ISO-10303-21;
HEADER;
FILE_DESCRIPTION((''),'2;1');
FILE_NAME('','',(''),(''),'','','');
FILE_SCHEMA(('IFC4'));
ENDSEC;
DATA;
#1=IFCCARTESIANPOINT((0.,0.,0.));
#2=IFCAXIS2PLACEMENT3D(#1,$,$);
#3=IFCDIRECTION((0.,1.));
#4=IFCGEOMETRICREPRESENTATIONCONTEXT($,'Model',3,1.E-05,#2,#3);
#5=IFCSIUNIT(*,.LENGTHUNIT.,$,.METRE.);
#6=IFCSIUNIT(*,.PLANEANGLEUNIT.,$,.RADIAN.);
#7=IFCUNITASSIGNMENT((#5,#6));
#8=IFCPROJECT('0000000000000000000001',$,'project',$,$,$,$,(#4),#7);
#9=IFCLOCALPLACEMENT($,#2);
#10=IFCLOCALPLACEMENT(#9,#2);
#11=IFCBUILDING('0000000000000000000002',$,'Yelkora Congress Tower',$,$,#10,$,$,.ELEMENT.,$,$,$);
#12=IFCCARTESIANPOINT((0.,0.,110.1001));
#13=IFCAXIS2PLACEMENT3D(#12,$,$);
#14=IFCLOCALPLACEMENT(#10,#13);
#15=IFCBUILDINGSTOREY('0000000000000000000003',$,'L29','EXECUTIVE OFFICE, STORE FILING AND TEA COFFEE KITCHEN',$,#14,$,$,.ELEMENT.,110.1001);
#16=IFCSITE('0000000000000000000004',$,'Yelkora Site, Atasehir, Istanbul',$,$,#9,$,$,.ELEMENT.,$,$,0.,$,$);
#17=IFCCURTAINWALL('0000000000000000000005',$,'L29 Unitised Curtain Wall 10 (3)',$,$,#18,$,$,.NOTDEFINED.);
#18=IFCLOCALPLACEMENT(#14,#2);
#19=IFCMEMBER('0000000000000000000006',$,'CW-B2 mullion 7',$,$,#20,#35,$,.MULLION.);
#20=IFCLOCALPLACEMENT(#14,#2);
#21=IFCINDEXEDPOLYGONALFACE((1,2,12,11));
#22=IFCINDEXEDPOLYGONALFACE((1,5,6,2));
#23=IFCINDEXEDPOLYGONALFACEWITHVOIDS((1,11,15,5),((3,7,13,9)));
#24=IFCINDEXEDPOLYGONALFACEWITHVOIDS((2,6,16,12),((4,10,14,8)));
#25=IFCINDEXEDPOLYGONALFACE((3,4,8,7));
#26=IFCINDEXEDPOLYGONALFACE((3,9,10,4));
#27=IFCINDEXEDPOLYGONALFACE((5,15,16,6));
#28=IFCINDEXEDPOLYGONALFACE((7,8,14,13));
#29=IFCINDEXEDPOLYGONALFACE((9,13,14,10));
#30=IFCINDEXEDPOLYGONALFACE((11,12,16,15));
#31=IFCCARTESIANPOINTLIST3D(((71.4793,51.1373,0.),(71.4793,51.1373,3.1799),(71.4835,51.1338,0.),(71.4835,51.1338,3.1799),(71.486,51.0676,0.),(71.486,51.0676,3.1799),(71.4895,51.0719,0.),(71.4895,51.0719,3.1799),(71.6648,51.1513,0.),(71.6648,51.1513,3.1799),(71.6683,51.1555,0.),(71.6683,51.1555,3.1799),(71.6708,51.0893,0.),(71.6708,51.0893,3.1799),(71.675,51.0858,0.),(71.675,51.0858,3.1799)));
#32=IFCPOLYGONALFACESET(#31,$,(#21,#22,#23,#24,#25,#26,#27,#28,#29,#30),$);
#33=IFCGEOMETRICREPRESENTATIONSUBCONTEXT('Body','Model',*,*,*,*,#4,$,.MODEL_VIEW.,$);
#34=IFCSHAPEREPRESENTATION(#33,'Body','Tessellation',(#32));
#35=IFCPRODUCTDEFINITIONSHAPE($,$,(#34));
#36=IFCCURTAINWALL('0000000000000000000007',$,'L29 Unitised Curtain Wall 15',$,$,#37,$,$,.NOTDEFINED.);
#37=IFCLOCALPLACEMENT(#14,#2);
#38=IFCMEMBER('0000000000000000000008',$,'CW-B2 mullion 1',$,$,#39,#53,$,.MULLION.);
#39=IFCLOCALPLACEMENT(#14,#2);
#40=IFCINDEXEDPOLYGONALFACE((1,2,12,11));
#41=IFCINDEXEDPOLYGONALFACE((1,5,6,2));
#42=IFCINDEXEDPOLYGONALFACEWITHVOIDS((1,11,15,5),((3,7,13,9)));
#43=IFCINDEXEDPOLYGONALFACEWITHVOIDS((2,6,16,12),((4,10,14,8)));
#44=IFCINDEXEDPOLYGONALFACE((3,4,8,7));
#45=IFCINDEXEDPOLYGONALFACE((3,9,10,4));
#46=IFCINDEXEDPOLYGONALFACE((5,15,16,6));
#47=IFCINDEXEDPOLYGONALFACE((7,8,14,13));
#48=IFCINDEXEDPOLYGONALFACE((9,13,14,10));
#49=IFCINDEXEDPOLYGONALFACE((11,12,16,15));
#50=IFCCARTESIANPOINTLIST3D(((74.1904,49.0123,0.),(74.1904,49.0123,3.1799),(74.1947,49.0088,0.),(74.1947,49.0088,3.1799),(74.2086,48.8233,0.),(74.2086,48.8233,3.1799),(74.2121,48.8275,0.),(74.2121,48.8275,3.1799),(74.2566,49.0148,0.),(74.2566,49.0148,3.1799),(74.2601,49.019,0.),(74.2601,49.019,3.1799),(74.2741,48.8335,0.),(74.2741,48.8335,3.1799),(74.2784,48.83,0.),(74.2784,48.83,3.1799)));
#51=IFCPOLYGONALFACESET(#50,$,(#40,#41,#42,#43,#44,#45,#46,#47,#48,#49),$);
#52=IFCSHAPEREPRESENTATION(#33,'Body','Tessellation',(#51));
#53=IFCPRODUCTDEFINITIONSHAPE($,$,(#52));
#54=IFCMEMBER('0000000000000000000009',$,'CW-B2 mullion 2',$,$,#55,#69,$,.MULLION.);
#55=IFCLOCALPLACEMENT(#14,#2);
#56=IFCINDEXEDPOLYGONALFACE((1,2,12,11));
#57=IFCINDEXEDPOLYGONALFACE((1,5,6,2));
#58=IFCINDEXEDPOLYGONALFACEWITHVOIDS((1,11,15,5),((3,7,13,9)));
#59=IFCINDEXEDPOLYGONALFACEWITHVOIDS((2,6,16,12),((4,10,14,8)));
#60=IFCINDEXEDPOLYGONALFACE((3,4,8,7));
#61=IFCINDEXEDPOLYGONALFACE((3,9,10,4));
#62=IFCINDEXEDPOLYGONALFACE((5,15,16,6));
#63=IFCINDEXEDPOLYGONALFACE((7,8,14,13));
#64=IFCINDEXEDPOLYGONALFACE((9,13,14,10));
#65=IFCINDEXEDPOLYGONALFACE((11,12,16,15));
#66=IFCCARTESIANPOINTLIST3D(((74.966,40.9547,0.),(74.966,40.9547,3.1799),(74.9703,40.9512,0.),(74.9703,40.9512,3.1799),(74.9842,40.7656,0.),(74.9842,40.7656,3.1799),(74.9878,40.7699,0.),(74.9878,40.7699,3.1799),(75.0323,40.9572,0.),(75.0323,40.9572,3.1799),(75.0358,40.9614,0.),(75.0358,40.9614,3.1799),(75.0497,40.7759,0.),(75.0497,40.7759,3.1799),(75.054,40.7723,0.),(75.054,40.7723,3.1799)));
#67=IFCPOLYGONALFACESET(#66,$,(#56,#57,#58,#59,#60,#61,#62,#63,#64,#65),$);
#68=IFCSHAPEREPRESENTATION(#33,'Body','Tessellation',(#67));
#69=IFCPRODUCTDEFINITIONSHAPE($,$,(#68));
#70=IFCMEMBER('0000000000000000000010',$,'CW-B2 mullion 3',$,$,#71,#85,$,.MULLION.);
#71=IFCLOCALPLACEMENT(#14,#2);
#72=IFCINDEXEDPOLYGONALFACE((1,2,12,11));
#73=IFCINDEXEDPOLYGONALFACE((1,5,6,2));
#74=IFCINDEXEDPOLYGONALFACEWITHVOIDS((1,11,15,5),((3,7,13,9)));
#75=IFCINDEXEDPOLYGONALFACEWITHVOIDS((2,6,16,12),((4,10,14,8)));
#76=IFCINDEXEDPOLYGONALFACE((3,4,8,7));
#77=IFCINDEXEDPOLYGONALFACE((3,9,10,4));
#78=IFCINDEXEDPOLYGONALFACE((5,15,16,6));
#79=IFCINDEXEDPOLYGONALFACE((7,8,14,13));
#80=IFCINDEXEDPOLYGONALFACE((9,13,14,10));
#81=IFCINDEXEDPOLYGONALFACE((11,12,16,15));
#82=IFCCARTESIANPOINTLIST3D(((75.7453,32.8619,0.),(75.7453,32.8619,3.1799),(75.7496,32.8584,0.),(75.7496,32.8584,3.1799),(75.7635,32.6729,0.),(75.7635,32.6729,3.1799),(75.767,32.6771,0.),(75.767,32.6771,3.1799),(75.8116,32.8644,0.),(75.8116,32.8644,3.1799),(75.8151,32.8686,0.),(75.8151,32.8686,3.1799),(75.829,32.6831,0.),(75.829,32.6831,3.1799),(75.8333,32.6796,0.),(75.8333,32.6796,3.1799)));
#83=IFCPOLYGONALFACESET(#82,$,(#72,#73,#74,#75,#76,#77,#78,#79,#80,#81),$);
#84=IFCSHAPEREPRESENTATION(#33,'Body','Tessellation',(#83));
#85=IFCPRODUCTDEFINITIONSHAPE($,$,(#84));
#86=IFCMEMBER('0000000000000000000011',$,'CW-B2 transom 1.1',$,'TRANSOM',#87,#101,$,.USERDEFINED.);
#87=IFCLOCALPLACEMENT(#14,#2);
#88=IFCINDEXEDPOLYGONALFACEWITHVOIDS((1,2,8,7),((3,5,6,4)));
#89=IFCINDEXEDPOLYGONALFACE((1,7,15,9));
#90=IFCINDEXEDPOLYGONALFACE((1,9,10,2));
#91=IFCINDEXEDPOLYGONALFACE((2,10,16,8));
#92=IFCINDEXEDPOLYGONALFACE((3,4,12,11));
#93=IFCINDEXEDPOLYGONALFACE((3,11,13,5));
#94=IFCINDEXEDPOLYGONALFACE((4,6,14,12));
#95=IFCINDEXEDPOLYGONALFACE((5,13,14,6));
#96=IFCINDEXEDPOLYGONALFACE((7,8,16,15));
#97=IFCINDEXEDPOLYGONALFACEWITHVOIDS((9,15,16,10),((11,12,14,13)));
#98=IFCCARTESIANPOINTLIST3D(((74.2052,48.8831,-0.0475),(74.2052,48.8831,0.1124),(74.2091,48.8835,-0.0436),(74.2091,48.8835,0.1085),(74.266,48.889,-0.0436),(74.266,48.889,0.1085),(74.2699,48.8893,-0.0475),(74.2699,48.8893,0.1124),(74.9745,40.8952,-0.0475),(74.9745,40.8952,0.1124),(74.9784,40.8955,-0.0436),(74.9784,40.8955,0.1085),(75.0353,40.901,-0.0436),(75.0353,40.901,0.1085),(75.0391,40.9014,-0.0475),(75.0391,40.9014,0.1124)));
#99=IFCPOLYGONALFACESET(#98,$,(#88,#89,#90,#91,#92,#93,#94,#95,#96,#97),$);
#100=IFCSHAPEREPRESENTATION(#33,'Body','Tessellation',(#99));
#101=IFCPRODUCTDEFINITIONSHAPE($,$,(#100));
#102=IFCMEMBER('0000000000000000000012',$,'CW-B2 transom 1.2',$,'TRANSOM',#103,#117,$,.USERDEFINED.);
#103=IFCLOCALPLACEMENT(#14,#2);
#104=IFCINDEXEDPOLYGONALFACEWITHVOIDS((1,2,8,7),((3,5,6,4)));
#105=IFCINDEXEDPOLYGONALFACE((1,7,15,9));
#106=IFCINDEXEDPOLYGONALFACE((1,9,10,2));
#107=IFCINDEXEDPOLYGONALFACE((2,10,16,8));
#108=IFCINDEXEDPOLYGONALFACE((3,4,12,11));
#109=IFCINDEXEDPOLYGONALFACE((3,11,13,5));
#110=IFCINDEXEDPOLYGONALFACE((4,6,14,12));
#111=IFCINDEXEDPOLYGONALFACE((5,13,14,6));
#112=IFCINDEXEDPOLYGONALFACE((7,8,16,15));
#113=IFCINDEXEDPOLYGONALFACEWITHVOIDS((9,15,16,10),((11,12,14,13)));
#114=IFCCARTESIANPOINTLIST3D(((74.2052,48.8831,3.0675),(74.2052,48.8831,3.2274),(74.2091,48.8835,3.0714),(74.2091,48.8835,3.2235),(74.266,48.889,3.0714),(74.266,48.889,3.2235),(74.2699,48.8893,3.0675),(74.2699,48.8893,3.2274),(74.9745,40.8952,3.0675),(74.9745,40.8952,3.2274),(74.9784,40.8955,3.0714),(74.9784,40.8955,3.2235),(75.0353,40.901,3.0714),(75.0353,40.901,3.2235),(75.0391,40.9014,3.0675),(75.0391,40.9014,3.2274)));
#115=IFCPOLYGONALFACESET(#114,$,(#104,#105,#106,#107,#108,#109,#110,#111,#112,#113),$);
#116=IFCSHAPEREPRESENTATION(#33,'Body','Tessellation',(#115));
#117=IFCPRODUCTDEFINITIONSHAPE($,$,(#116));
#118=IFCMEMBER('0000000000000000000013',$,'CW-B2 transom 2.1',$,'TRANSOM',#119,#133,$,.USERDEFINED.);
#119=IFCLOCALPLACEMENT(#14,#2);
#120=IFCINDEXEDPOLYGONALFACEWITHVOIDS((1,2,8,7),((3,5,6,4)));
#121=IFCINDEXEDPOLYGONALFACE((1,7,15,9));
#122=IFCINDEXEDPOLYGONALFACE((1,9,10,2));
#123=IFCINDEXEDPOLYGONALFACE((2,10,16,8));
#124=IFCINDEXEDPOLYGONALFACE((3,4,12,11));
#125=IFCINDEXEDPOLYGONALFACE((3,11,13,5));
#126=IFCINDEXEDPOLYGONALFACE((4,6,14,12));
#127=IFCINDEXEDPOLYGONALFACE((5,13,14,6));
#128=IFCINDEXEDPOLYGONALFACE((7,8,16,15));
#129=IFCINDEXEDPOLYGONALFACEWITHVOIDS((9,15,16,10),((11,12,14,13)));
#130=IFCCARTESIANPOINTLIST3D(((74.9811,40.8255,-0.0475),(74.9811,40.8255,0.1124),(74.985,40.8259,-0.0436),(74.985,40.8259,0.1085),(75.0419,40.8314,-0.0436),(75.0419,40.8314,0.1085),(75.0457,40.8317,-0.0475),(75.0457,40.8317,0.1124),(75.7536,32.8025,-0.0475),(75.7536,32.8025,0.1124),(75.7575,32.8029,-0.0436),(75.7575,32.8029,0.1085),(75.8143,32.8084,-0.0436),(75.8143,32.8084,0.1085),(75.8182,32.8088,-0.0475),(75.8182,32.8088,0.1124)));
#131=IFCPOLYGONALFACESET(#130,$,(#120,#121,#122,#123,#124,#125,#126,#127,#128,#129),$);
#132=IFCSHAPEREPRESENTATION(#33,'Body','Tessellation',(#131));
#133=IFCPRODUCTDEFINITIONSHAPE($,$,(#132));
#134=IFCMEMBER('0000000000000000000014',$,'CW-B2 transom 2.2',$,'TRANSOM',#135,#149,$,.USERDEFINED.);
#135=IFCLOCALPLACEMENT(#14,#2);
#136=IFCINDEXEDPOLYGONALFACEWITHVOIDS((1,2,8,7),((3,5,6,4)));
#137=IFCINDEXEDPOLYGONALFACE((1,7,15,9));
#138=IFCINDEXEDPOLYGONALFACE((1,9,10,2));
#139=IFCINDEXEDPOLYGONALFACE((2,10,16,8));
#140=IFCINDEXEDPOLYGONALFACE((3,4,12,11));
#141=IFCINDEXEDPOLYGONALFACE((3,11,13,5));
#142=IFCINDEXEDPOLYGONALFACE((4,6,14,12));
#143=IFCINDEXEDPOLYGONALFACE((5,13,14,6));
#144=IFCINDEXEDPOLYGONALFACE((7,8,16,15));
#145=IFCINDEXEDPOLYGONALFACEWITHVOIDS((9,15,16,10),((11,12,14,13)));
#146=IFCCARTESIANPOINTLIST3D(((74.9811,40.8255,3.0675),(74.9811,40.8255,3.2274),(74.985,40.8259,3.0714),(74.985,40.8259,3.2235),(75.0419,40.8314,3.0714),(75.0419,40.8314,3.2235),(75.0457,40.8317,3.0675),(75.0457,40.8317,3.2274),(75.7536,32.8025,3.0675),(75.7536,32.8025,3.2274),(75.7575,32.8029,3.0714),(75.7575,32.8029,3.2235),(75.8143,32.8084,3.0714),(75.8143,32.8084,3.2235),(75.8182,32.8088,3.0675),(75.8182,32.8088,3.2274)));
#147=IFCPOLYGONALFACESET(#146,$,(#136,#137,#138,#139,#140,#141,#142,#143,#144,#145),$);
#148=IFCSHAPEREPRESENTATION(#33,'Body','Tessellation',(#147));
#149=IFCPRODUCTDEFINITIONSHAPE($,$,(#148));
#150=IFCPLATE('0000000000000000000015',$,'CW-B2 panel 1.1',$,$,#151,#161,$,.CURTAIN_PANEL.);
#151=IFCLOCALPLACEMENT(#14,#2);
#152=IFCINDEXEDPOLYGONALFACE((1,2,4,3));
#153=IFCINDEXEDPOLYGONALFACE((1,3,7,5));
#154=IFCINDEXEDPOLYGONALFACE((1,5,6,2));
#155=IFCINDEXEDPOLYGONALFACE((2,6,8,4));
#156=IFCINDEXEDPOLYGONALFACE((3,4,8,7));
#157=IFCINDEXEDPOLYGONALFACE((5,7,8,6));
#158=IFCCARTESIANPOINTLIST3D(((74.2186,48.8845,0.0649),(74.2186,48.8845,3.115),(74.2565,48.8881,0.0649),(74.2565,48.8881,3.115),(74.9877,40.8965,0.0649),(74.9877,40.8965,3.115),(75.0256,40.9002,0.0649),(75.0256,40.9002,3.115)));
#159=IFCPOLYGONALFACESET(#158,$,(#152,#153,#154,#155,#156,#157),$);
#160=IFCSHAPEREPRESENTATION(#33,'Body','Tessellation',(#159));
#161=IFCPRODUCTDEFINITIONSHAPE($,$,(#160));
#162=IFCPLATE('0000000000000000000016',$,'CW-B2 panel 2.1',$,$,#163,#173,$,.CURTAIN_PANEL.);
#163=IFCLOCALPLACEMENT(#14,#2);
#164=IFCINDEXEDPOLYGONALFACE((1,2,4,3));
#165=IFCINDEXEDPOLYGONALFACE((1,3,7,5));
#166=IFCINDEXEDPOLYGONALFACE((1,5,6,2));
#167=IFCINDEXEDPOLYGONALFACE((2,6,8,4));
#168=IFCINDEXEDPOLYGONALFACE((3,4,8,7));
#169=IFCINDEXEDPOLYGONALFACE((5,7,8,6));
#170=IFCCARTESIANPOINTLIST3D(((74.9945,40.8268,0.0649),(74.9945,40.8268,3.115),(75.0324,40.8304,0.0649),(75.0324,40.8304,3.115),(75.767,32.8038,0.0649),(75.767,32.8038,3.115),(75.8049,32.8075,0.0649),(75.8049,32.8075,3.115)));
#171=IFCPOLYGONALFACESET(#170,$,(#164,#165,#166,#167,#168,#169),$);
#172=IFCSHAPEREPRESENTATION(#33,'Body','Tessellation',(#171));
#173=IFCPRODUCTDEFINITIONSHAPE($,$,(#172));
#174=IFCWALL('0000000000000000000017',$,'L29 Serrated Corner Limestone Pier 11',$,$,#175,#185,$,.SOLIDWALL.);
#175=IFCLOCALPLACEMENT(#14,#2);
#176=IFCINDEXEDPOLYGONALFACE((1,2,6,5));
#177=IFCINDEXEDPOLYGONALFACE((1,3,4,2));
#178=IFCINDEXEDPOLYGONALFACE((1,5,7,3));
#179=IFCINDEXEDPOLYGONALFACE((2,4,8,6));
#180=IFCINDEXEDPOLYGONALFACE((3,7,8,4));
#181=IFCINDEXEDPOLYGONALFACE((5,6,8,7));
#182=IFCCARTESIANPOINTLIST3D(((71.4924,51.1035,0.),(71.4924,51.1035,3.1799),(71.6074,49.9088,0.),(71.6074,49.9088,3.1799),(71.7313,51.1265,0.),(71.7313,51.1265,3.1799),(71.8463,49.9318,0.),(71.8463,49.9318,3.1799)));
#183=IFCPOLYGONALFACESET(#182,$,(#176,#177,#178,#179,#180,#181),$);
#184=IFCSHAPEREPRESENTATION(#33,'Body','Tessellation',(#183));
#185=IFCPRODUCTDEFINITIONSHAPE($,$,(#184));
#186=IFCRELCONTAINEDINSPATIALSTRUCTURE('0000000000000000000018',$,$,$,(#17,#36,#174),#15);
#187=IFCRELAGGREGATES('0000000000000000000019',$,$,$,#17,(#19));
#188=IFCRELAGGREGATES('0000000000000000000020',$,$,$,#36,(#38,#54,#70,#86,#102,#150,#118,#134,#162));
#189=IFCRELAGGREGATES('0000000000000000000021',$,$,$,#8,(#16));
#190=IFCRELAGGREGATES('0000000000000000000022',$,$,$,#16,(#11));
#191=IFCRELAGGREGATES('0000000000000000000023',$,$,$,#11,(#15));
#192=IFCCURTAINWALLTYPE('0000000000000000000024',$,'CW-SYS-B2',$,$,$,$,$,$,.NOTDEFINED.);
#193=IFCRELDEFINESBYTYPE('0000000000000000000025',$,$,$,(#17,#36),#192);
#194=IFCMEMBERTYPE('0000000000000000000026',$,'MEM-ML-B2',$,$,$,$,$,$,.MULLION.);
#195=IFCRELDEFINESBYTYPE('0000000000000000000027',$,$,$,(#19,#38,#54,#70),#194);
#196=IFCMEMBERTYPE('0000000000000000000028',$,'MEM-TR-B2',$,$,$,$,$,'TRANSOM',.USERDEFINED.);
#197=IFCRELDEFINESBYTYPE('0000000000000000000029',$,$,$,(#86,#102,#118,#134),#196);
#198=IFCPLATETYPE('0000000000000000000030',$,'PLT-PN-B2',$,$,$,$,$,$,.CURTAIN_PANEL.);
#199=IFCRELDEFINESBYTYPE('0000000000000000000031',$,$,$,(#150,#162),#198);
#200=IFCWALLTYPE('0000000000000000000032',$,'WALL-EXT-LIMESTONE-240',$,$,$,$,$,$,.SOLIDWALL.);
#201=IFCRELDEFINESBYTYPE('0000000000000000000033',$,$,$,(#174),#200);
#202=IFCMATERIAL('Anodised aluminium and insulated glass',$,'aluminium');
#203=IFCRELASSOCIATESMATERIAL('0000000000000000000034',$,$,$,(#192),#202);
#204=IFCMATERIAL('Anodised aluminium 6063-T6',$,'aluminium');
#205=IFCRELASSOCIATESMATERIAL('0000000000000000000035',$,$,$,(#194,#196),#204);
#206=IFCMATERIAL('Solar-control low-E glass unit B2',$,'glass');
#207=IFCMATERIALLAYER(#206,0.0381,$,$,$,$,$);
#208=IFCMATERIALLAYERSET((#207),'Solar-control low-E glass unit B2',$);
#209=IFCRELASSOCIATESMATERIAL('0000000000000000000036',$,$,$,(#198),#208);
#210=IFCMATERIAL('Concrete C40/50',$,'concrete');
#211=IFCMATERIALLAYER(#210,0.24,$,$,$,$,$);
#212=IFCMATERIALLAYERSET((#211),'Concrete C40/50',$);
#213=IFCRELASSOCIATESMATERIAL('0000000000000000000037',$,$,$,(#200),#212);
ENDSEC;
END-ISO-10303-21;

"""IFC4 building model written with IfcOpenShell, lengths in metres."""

from ifc_helpers import new_model, si_unit, direction, frame, frame_2d, origin, origin_2d, place, context, subcontext, project, spatial, rectangle, hollow_rectangle, extrude, material, layer, layer_set, material_profile, profile_set, type_object, element, aggregate, save


model = new_model("IFC4")

# Units and contexts
model_context = context("Model", 3, precision=1e-05, world=origin(), true_north=direction((0.0, 1.0)))
body_context = subcontext(model_context, "Body", "Model", "MODEL_VIEW")
ifc_project = project(units=[si_unit("LENGTHUNIT", "METRE"), si_unit("PLANEANGLEUNIT", "RADIAN")], contexts=[model_context])

# Site, building, storey
site_placement = place(None, origin())
site = spatial("IfcSite", under=ifc_project, at=site_placement, Name="Yelkora Site, Atasehir, Istanbul", CompositionType="ELEMENT", RefElevation=0.0)
building_placement = place(site_placement, origin())
building = spatial("IfcBuilding", under=site, at=building_placement, Name="Yelkora Congress Tower", CompositionType="ELEMENT")
storey_placement = place(building_placement, frame((0.0, 0.0, 110.1001)))
storey = spatial("IfcBuildingStorey", under=building, at=storey_placement, Name="L29", Description="EXECUTIVE OFFICE, STORE FILING AND TEA COFFEE KITCHEN", CompositionType="ELEMENT", Elevation=110.1001)

# Curtain wall, member
ifc_material_1 = material(Name="Anodised aluminium and insulated glass", Category="aluminium")
curtain_wall_type = type_object("IfcCurtainWallType", Name="CW-SYS-B2", PredefinedType="NOTDEFINED", material=ifc_material_1)
curtain_wall_1_placement = place(storey_placement, origin())
curtain_wall_1 = element("IfcCurtainWall", 1, at=curtain_wall_1_placement, inside=storey, type_object=curtain_wall_type, Name="L29 Unitised Curtain Wall 10 (3)", PredefinedType="NOTDEFINED")
ifc_material_2 = material(Name="Anodised aluminium 6063-T6", Category="aluminium")
ifc_material_profile_1 = material_profile(ifc_material_2, hollow_rectangle(XDim=0.0701, YDim=0.1899, WallThickness=0.0039, at=origin_2d()), Name="ALU 70x190x4")
ifc_profile_set_1 = profile_set([ifc_material_profile_1], Name="Anodised aluminium 6063-T6")
member_type_1 = type_object("IfcMemberType", Name="MEM-ML-B2", PredefinedType="MULLION", material=ifc_profile_set_1)
member_1_placement = place(storey_placement, frame((71.5771, 51.1116, 0.0), z_axis=(0.0, 0.0, 1.0), x_axis=(-0.095844, 0.995396, 0.0)))
member_1 = element("IfcMember", 2, at=member_1_placement, type_object=member_type_1, Name="CW-B2 mullion 7", PredefinedType="MULLION", context=body_context, shape_type="SweptSolid", body=[
    extrude(hollow_rectangle(XDim=0.0701, YDim=0.1899, WallThickness=0.0039, at=origin_2d()), origin(), (0.0, 0.0, 1.0), 3.1799),
])
aggregate(curtain_wall_1, [member_1])

# Curtain wall, members, plates
curtain_wall_2_placement = place(storey_placement, origin())
curtain_wall_2 = element("IfcCurtainWall", 3, at=curtain_wall_2_placement, inside=storey, type_object=curtain_wall_type, Name="L29 Unitised Curtain Wall 15", PredefinedType="NOTDEFINED")
member_2_placement = place(storey_placement, frame((74.2344, 48.9211, 0.0), z_axis=(0.0, 0.0, 1.0), x_axis=(0.995397, 0.095843, 0.0)))
member_2 = element("IfcMember", 4, at=member_2_placement, type_object=member_type_1, Name="CW-B2 mullion 1", PredefinedType="MULLION", context=body_context, shape_type="SweptSolid", body=[
    extrude(hollow_rectangle(XDim=0.0701, YDim=0.1899, WallThickness=0.0039, at=origin_2d()), origin(), (0.0, 0.0, 1.0), 3.1799),
])
member_3_placement = place(storey_placement, frame((75.01, 40.8635, 0.0), z_axis=(0.0, 0.0, 1.0), x_axis=(0.995397, 0.095843, 0.0)))
member_3 = element("IfcMember", 5, at=member_3_placement, type_object=member_type_1, Name="CW-B2 mullion 2", PredefinedType="MULLION", context=body_context, shape_type="SweptSolid", body=[
    extrude(hollow_rectangle(XDim=0.0701, YDim=0.1899, WallThickness=0.0039, at=origin_2d()), origin(), (0.0, 0.0, 1.0), 3.1799),
])
member_4_placement = place(storey_placement, frame((75.7893, 32.7708, 0.0), z_axis=(0.0, 0.0, 1.0), x_axis=(0.995397, 0.095843, 0.0)))
member_4 = element("IfcMember", 6, at=member_4_placement, type_object=member_type_1, Name="CW-B2 mullion 3", PredefinedType="MULLION", context=body_context, shape_type="SweptSolid", body=[
    extrude(hollow_rectangle(XDim=0.0701, YDim=0.1899, WallThickness=0.0039, at=origin_2d()), origin(), (0.0, 0.0, 1.0), 3.1799),
])
ifc_material_profile_2 = material_profile(ifc_material_2, hollow_rectangle(XDim=0.0649, YDim=0.1599, WallThickness=0.0039, at=origin_2d()), Name="ALU 65x160x4")
ifc_profile_set_2 = profile_set([ifc_material_profile_2], Name="Anodised aluminium 6063-T6")
member_type_2 = type_object("IfcMemberType", Name="MEM-TR-B2", ElementType="TRANSOM", PredefinedType="USERDEFINED", material=ifc_profile_set_2)
member_5_placement = place(storey_placement, frame((74.2375, 48.8862, 0.0325), z_axis=(0.095861, -0.995395, 0.0), x_axis=(0.995395, 0.095861, 0.0)))
member_5 = element("IfcMember", 7, at=member_5_placement, type_object=member_type_2, Name="CW-B2 transom 1.1", ObjectType="TRANSOM", PredefinedType="USERDEFINED", context=body_context, shape_type="SweptSolid", body=[
    extrude(hollow_rectangle(XDim=0.0649, YDim=0.1599, WallThickness=0.0039, at=origin_2d()), origin(), (0.0, 0.0, 1.0), 8.0249),
])
member_6_placement = place(storey_placement, frame((74.2375, 48.8862, 3.1475), z_axis=(0.095861, -0.995395, 0.0), x_axis=(0.995395, 0.095861, 0.0)))
member_6 = element("IfcMember", 8, at=member_6_placement, type_object=member_type_2, Name="CW-B2 transom 1.2", ObjectType="TRANSOM", PredefinedType="USERDEFINED", context=body_context, shape_type="SweptSolid", body=[
    extrude(hollow_rectangle(XDim=0.0649, YDim=0.1599, WallThickness=0.0039, at=origin_2d()), origin(), (0.0, 0.0, 1.0), 8.0249),
])
member_7_placement = place(storey_placement, frame((75.0134, 40.8286, 0.0325), z_axis=(0.095838, -0.995397, 0.0), x_axis=(0.995397, 0.095838, 0.0)))
member_7 = element("IfcMember", 9, at=member_7_placement, type_object=member_type_2, Name="CW-B2 transom 2.1", ObjectType="TRANSOM", PredefinedType="USERDEFINED", context=body_context, shape_type="SweptSolid", body=[
    extrude(hollow_rectangle(XDim=0.0649, YDim=0.1599, WallThickness=0.0039, at=origin_2d()), origin(), (0.0, 0.0, 1.0), 8.0601),
])
member_8_placement = place(storey_placement, frame((75.0134, 40.8286, 3.1475), z_axis=(0.095838, -0.995397, 0.0), x_axis=(0.995397, 0.095838, 0.0)))
member_8 = element("IfcMember", 10, at=member_8_placement, type_object=member_type_2, Name="CW-B2 transom 2.2", ObjectType="TRANSOM", PredefinedType="USERDEFINED", context=body_context, shape_type="SweptSolid", body=[
    extrude(hollow_rectangle(XDim=0.0649, YDim=0.1599, WallThickness=0.0039, at=origin_2d()), origin(), (0.0, 0.0, 1.0), 8.0601),
])
ifc_material_3 = material(Name="Solar-control low-E glass unit B2", Category="glass")
ifc_layer_1 = layer(ifc_material_3, 0.0381)
ifc_layer_set_1 = layer_set([ifc_layer_1], Name="Solar-control low-E glass unit B2")
plate_type = type_object("IfcPlateType", Name="PLT-PN-B2", PredefinedType="CURTAIN_PANEL", material=ifc_layer_set_1)
plate_1_placement = place(storey_placement, frame((74.6221, 44.8923, 0.0649), z_axis=(0.0, 0.0, 1.0), x_axis=(0.095843, -0.995397, 0.0)))
plate_1 = element("IfcPlate", 11, at=plate_1_placement, type_object=plate_type, Name="CW-B2 panel 1.1", PredefinedType="CURTAIN_PANEL", context=body_context, shape_type="SweptSolid", body=[
    extrude(rectangle(XDim=8.0249, YDim=0.0381, at=origin_2d()), origin(), (0.0, 0.0, 1.0), 3.05),
])
plate_2_placement = place(storey_placement, frame((75.3997, 36.8171, 0.0649), z_axis=(0.0, 0.0, 1.0), x_axis=(0.095843, -0.995397, 0.0)))
plate_2 = element("IfcPlate", 12, at=plate_2_placement, type_object=plate_type, Name="CW-B2 panel 2.1", PredefinedType="CURTAIN_PANEL", context=body_context, shape_type="SweptSolid", body=[
    extrude(rectangle(XDim=8.0601, YDim=0.0381, at=origin_2d()), origin(), (0.0, 0.0, 1.0), 3.05),
])
aggregate(curtain_wall_2, [member_2, member_3, member_4, member_5, member_6, plate_1, member_7, member_8, plate_2])

# Wall
ifc_material_4 = material(Name="Concrete C40/50", Category="concrete")
ifc_layer_2 = layer(ifc_material_4, 0.24)
ifc_layer_set_2 = layer_set([ifc_layer_2], Name="Concrete C40/50")
wall_type = type_object("IfcWallType", Name="WALL-EXT-LIMESTONE-240", PredefinedType="SOLIDWALL", material=ifc_layer_set_2)
for number, where, z_axis, x_axis, name in (
    (13, (71.6118, 51.115, 0.0), (0.0, 0.0, 1.0), (0.095817, -0.995399, 0.0), "L29 Serrated Corner Limestone Pier 11"),
):
    element("IfcWall", number, at=place(storey_placement, frame(where, z_axis=z_axis, x_axis=x_axis)), inside=storey, type_object=wall_type, Name=name, PredefinedType="SOLIDWALL", context=body_context, shape_type="SweptSolid", body=[
        extrude(rectangle(XDim=1.2002, YDim=0.24, at=frame_2d((0.6001, 0.0))), origin(), (0.0, 0.0, 1.0), 3.1799),
    ])

save(model, "model.ifc")
